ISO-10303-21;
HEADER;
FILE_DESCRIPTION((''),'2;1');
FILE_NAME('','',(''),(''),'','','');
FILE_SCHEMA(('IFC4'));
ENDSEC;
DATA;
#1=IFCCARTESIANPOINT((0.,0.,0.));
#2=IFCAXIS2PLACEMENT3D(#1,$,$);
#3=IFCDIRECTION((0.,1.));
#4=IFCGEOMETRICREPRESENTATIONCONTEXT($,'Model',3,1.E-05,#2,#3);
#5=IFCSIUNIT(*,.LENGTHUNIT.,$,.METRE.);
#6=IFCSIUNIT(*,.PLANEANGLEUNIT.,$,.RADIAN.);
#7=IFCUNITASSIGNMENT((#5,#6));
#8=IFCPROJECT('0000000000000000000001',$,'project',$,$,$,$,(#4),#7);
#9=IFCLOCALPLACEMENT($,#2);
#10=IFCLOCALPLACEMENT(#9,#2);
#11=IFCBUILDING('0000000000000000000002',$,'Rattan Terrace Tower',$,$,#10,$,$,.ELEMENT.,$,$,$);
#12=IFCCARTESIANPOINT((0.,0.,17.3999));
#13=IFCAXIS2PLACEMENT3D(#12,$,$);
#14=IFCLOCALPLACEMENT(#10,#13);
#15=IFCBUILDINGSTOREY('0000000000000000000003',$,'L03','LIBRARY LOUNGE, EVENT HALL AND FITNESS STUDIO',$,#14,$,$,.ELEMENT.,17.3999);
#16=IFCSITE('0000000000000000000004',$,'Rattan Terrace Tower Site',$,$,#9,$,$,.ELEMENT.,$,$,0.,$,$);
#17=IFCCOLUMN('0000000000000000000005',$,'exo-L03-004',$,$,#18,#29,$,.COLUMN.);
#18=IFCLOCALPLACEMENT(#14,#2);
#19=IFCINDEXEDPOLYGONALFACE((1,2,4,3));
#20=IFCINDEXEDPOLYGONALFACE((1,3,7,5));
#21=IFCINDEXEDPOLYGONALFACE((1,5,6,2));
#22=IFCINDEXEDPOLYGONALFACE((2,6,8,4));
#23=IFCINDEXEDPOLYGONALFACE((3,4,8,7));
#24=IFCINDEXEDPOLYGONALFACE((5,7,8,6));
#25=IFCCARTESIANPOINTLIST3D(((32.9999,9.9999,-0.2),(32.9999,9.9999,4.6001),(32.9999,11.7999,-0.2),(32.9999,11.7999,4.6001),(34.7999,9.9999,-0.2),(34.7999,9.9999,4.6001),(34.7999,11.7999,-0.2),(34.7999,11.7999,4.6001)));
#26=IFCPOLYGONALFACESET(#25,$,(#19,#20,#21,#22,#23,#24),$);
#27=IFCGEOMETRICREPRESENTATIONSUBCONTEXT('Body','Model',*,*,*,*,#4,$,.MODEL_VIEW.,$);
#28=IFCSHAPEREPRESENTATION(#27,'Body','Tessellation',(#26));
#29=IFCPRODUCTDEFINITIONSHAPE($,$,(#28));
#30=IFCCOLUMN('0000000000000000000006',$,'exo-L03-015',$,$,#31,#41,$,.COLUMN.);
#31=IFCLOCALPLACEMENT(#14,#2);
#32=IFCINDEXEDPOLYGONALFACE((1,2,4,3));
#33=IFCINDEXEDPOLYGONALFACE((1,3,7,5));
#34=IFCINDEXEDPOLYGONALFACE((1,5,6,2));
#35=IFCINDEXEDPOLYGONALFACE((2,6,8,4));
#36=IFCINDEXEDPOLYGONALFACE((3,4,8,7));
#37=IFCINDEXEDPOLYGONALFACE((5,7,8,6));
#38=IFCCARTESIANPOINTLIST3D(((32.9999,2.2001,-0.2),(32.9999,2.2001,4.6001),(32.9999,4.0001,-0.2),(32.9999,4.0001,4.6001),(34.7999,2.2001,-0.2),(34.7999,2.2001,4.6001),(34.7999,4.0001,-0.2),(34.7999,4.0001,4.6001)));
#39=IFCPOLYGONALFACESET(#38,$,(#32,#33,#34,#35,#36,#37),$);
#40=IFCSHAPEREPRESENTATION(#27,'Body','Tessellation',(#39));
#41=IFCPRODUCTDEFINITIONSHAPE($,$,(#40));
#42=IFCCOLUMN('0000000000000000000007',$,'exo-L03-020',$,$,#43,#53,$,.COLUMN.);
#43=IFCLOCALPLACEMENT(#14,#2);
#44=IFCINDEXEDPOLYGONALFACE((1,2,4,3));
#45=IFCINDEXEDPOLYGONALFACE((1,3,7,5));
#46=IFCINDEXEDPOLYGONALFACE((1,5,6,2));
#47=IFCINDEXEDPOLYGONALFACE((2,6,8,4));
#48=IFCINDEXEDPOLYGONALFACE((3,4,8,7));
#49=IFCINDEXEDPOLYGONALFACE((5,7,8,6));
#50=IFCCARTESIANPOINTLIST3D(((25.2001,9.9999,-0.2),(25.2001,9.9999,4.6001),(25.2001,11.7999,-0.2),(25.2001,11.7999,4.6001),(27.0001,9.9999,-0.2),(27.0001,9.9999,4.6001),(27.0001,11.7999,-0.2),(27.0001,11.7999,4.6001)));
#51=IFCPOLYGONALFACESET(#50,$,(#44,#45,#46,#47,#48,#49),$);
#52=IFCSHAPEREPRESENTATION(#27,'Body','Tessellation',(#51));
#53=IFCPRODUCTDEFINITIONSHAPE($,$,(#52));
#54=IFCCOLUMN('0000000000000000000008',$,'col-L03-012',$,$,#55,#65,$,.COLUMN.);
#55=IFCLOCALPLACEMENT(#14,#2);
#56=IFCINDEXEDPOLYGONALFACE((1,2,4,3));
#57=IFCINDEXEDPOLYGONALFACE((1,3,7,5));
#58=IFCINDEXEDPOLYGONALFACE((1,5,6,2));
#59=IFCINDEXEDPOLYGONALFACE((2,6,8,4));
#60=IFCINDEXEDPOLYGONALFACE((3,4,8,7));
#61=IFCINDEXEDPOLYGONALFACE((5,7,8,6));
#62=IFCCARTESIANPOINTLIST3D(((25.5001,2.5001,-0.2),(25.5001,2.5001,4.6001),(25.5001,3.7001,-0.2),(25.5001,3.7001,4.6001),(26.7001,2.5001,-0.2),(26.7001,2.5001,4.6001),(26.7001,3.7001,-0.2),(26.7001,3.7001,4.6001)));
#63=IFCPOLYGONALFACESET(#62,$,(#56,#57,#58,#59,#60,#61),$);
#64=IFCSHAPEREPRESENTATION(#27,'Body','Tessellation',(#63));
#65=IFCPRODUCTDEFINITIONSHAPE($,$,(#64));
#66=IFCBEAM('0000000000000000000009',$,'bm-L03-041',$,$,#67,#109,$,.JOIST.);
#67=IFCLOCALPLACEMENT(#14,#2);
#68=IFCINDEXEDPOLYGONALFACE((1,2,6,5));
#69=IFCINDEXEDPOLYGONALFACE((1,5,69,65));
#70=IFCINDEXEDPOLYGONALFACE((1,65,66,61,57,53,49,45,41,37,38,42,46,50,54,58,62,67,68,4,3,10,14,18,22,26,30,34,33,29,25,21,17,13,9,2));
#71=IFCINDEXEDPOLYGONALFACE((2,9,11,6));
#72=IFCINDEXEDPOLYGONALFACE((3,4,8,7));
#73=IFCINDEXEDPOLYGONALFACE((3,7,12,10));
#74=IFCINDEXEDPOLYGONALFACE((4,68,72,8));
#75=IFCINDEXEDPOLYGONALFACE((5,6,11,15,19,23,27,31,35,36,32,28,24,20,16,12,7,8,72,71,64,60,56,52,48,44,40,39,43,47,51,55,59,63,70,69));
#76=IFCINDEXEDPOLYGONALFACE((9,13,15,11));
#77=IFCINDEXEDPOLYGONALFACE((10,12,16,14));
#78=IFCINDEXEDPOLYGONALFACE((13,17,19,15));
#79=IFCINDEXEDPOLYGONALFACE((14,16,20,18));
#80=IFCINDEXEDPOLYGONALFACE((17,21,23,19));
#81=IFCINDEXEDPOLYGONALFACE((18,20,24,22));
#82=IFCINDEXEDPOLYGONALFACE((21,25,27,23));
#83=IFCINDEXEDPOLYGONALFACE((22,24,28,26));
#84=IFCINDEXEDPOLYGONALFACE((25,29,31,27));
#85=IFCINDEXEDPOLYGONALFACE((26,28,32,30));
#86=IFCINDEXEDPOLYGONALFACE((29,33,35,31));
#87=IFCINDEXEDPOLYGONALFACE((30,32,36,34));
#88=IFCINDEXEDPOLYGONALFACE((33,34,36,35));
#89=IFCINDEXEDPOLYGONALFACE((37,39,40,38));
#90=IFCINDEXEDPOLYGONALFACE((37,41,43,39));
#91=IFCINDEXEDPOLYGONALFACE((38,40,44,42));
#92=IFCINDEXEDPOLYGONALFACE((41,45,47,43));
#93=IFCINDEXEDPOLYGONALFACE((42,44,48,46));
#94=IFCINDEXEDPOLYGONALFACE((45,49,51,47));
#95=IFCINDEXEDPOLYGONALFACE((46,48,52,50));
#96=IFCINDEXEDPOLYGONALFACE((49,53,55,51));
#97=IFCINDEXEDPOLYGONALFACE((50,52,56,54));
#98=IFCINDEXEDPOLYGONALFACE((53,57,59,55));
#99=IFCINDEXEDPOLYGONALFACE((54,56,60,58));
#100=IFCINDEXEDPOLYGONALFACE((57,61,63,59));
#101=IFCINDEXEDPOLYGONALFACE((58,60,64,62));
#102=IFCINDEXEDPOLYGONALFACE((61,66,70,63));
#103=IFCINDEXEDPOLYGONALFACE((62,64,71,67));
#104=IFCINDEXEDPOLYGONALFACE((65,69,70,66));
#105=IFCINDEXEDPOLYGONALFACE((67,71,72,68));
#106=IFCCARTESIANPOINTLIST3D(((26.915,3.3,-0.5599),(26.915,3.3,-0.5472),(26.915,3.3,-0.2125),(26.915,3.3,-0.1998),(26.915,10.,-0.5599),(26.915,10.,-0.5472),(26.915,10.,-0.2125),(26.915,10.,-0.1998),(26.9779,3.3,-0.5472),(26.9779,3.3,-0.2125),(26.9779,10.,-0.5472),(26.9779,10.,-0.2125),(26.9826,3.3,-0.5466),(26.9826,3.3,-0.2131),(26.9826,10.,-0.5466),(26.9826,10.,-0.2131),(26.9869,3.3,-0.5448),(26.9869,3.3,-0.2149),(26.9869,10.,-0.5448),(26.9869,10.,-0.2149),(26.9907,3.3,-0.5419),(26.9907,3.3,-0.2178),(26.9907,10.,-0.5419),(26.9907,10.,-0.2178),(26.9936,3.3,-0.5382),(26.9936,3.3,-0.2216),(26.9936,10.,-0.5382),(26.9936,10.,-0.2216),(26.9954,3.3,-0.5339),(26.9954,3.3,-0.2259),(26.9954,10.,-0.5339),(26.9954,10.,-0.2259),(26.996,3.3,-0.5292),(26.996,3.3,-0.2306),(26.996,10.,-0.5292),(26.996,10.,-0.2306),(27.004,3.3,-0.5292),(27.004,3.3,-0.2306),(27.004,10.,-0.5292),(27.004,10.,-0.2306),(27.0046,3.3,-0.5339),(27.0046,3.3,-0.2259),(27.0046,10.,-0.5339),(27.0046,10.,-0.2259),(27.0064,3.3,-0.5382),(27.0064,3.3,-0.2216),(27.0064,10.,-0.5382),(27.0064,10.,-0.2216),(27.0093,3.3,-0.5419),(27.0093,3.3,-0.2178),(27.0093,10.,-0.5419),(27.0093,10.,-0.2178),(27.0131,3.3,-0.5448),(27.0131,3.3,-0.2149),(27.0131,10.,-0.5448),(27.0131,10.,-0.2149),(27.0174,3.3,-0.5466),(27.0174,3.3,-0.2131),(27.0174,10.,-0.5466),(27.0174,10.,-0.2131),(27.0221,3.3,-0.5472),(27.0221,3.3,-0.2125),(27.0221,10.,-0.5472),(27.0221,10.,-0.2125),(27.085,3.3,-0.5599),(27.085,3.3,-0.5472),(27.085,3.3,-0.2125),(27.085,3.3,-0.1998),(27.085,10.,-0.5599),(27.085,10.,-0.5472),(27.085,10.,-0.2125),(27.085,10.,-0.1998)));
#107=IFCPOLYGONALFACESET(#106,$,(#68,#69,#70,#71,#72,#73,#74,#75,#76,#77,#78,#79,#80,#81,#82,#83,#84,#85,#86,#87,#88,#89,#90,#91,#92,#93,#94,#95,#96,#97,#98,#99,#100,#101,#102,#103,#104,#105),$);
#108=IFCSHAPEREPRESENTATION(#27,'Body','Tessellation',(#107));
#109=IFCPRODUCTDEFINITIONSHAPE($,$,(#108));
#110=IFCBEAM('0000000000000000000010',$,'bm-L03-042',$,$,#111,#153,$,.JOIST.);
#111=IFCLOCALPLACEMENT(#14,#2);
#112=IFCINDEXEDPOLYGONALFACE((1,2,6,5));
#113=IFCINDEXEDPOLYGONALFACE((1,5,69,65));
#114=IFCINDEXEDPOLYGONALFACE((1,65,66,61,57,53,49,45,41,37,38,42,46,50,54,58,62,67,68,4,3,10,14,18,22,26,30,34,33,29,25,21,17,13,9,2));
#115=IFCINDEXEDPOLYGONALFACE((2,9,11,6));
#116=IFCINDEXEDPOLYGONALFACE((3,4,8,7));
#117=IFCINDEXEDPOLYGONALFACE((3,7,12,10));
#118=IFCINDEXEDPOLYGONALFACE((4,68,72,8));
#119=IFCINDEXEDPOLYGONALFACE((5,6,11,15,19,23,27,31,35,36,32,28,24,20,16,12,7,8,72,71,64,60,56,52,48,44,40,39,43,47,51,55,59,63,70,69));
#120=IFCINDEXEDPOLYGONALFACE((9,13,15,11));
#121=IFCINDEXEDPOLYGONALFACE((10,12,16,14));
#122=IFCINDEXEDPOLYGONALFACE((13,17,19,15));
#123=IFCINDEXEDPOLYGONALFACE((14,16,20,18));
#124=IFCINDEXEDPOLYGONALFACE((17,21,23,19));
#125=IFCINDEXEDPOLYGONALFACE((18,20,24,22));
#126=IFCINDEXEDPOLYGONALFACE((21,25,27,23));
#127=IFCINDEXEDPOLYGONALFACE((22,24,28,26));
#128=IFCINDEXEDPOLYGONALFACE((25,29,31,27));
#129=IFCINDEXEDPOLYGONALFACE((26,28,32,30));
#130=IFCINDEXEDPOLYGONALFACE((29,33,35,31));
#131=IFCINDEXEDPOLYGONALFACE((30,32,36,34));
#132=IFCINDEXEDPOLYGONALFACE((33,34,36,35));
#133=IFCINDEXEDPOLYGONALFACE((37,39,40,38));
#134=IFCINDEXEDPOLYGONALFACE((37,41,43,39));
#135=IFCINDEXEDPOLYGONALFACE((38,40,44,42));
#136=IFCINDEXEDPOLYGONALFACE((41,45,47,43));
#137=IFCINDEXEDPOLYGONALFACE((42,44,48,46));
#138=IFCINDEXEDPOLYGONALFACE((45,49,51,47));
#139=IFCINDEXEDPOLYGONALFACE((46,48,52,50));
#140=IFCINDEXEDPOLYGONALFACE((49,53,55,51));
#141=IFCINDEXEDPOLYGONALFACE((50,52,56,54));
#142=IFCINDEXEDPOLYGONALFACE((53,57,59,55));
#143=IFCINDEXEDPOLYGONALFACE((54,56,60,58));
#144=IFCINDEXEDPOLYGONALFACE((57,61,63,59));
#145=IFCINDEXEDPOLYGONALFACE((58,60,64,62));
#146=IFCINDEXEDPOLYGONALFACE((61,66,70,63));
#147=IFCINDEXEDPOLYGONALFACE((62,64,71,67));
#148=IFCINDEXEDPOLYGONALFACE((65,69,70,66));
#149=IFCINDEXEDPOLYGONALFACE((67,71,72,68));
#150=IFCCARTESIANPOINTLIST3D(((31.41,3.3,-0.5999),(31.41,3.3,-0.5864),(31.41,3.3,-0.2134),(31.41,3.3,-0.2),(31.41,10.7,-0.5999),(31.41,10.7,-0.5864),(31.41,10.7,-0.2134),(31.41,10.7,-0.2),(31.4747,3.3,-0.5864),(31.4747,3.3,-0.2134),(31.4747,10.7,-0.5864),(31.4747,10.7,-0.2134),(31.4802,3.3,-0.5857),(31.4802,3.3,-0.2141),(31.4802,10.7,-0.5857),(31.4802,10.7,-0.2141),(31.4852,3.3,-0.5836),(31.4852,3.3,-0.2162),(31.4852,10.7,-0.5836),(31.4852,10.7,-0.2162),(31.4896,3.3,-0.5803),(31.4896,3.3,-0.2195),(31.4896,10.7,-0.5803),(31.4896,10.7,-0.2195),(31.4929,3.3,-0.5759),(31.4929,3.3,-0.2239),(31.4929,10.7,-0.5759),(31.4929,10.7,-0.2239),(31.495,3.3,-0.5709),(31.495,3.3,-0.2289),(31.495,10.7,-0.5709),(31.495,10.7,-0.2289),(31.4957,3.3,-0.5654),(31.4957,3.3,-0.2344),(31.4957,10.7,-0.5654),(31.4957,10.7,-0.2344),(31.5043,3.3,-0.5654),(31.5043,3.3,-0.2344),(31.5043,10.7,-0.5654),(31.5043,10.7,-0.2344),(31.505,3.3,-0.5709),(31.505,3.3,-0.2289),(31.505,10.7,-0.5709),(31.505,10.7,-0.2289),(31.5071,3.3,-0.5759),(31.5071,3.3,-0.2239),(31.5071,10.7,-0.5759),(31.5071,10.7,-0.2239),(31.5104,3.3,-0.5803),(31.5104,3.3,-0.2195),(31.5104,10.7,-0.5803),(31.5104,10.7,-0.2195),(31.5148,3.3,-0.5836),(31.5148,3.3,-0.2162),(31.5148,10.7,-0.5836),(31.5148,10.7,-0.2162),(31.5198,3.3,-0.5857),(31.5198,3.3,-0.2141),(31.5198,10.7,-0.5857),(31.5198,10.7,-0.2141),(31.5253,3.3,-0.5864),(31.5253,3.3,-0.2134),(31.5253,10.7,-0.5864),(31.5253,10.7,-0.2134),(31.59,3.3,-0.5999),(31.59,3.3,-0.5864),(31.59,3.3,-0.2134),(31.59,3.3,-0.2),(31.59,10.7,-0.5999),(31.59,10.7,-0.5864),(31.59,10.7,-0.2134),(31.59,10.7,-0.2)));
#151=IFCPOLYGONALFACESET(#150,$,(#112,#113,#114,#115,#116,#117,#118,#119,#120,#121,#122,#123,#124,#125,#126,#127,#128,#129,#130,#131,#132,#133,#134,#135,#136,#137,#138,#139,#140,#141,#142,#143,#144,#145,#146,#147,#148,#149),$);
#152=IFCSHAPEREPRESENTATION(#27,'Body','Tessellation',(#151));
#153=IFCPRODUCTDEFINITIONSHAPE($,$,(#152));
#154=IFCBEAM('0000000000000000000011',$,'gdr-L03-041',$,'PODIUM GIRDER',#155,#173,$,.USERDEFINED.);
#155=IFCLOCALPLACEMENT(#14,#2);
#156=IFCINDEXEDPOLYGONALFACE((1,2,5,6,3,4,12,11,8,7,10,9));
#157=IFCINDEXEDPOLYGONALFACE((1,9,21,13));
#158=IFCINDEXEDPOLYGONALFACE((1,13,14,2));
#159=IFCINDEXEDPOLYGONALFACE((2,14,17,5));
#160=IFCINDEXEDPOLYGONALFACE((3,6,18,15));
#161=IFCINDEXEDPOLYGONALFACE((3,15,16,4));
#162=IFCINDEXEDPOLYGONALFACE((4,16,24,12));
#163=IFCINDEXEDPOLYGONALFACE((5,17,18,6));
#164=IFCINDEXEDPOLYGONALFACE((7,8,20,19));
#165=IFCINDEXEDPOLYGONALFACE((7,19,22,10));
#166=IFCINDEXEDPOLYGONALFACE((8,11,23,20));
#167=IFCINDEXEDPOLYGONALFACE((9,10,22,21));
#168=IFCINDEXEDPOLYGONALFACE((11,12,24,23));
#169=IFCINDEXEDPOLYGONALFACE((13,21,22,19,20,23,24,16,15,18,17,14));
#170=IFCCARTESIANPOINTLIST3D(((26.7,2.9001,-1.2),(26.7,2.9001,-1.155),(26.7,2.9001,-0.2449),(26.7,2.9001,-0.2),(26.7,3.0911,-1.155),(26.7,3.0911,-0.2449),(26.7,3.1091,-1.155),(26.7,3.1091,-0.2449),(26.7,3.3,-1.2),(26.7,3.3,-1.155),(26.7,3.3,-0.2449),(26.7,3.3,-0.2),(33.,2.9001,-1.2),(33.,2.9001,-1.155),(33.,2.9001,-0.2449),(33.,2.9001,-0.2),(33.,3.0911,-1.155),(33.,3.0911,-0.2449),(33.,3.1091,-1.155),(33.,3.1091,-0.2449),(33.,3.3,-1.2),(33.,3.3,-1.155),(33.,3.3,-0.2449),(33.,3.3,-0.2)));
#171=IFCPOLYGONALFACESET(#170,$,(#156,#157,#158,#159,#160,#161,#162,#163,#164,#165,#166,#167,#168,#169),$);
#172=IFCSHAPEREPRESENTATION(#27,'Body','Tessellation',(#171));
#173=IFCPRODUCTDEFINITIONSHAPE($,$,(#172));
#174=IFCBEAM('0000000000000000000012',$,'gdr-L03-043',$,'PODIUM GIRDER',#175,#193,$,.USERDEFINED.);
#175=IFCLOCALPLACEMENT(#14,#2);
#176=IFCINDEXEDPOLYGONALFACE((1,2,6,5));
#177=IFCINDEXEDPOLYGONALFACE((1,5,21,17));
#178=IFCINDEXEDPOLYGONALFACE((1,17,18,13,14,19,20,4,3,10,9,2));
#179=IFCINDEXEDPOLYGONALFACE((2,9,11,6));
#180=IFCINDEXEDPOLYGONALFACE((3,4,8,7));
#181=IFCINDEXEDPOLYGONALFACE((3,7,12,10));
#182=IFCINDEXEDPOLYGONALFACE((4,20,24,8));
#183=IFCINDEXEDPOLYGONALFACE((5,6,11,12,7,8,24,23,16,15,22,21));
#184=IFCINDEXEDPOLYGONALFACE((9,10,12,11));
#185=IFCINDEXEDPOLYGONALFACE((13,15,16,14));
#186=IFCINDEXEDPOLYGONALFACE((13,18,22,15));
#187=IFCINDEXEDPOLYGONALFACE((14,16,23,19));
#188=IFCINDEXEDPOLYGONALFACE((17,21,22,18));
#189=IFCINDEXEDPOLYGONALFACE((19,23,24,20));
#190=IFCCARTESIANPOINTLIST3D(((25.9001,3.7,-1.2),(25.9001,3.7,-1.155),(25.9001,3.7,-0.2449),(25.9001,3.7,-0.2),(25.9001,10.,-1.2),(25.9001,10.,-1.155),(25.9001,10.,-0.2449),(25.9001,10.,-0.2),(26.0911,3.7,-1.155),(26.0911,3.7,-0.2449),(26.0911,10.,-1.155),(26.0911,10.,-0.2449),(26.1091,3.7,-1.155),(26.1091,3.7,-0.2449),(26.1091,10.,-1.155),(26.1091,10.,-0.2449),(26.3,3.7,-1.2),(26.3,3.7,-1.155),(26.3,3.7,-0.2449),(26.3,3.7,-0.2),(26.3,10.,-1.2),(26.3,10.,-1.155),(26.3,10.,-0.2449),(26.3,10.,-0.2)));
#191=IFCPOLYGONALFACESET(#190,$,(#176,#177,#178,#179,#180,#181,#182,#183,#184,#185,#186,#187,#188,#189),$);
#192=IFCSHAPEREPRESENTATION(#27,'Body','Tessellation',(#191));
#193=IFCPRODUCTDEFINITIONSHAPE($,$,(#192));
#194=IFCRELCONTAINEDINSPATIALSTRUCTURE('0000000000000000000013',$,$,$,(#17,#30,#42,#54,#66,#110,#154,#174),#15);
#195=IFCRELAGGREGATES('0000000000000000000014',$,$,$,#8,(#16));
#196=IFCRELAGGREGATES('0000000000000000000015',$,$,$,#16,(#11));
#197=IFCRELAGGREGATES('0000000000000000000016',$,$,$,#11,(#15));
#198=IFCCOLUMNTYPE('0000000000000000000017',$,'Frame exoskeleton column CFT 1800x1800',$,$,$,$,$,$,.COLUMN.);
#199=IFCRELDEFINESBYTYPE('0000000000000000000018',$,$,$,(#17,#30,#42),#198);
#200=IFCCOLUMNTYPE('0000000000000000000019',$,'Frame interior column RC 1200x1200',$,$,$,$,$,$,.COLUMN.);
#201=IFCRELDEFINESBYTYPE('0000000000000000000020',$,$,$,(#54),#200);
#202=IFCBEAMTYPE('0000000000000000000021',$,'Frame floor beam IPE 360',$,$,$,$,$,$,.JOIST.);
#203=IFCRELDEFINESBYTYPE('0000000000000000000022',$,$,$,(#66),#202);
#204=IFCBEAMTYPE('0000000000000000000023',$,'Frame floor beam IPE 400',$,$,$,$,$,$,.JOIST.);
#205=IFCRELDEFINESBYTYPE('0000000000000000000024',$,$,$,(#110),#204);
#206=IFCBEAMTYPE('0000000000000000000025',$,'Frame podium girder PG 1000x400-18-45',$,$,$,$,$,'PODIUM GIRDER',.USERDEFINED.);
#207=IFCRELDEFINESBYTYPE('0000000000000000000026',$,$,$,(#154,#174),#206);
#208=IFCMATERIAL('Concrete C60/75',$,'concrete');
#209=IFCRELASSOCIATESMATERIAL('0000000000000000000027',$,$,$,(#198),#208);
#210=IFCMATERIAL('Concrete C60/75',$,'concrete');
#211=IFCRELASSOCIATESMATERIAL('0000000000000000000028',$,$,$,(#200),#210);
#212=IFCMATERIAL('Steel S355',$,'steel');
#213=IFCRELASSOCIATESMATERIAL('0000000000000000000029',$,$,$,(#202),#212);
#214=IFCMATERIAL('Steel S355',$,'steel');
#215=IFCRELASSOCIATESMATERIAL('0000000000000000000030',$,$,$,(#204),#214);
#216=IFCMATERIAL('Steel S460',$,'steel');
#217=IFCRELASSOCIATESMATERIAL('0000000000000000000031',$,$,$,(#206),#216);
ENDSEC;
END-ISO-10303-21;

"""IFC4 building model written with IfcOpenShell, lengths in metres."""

from ifc_helpers import new_model, si_unit, direction, frame, origin, origin_2d, place, context, subcontext, project, spatial, rectangle, i_section, extrude, material, material_profile, profile_set, type_object, element, save


model = new_model("IFC4")

# Units and contexts
model_context = context("Model", 3, precision=1e-05, world=origin(), true_north=direction((0.0, 1.0)))
body_context = subcontext(model_context, "Body", "Model", "MODEL_VIEW")
ifc_project = project(units=[si_unit("LENGTHUNIT", "METRE"), si_unit("PLANEANGLEUNIT", "RADIAN")], contexts=[model_context])

# Site, building, storey
site_placement = place(None, origin())
site = spatial("IfcSite", under=ifc_project, at=site_placement, Name="Rattan Terrace Tower Site", CompositionType="ELEMENT", RefElevation=0.0)
building_placement = place(site_placement, origin())
building = spatial("IfcBuilding", under=site, at=building_placement, Name="Rattan Terrace Tower", CompositionType="ELEMENT")
storey_placement = place(building_placement, frame((0.0, 0.0, 17.3999)))
storey = spatial("IfcBuildingStorey", under=building, at=storey_placement, Name="L03", Description="LIBRARY LOUNGE, EVENT HALL AND FITNESS STUDIO", CompositionType="ELEMENT", Elevation=17.3999)

# Columns
ifc_material_1 = material(Name="Concrete C60/75", Category="concrete")
ifc_material_profile_1 = material_profile(ifc_material_1, rectangle(XDim=1.8, YDim=1.8, at=origin_2d()), Name="CFT 1800x1800")
ifc_profile_set_1 = profile_set([ifc_material_profile_1], Name="Concrete C60/75")
column_type_1 = type_object("IfcColumnType", Name="Frame exoskeleton column CFT 1800x1800", PredefinedType="COLUMN", material=ifc_profile_set_1)
for number, where, z_axis, x_axis, name in (
    (1, (33.8999, 10.8999, -0.2), (0.0, 0.0, 1.0), (1.0, 0.0, 0.0), "exo-L03-004"),
    (2, (33.8999, 3.1001, -0.2), (0.0, 0.0, 1.0), (0.0, 1.0, 0.0), "exo-L03-015"),
    (3, (26.1001, 10.8999, -0.2), (0.0, 0.0, 1.0), (1.0, 0.0, 0.0), "exo-L03-020"),
):
    element("IfcColumn", number, at=place(storey_placement, frame(where, z_axis=z_axis, x_axis=x_axis)), inside=storey, type_object=column_type_1, Name=name, PredefinedType="COLUMN", context=body_context, shape_type="SweptSolid", body=[
        extrude(rectangle(XDim=1.8, YDim=1.8, at=origin_2d()), origin(), (0.0, 0.0, 1.0), 4.8),
    ])
ifc_material_2 = material(Name="Concrete C60/75", Category="concrete")
ifc_material_profile_2 = material_profile(ifc_material_2, rectangle(XDim=1.2, YDim=1.2, at=origin_2d()), Name="RC 1200x1200")
ifc_profile_set_2 = profile_set([ifc_material_profile_2], Name="Concrete C60/75")
column_type_2 = type_object("IfcColumnType", Name="Frame interior column RC 1200x1200", PredefinedType="COLUMN", material=ifc_profile_set_2)
column_placement = place(storey_placement, frame((26.1001, 3.1001, -0.2), z_axis=(0.0, 0.0, 1.0), x_axis=(1.0, 0.0, 0.0)))
element("IfcColumn", 4, at=column_placement, inside=storey, type_object=column_type_2, Name="col-L03-012", PredefinedType="COLUMN", context=body_context, shape_type="SweptSolid", body=[
    extrude(rectangle(XDim=1.2, YDim=1.2, at=origin_2d()), origin(), (0.0, 0.0, 1.0), 4.8),
])

# Beams
ifc_material_3 = material(Name="Steel S355", Category="steel")
ifc_material_profile_3 = material_profile(ifc_material_3, i_section(OverallWidth=0.1699, OverallDepth=0.3601, WebThickness=0.0081, FlangeThickness=0.0127, FilletRadius=0.0181, at=origin_2d()), Name="IPE 360")
ifc_profile_set_3 = profile_set([ifc_material_profile_3], Name="Steel S355")
beam_type_1 = type_object("IfcBeamType", Name="Frame floor beam IPE 360", PredefinedType="JOIST", material=ifc_profile_set_3)
beam_1_placement = place(storey_placement, frame((27.0, 3.3, -0.3799), z_axis=(0.0, 1.0, 0.0), x_axis=(-1.0, 0.0, 0.0)))
element("IfcBeam", 5, at=beam_1_placement, inside=storey, type_object=beam_type_1, Name="bm-L03-041", PredefinedType="JOIST", context=body_context, shape_type="SweptSolid", body=[
    extrude(i_section(OverallWidth=0.1699, OverallDepth=0.3601, WebThickness=0.0081, FlangeThickness=0.0127, FilletRadius=0.0181, at=origin_2d()), origin(), (0.0, 0.0, 1.0), 6.7),
])
ifc_material_4 = material(Name="Steel S355", Category="steel")
ifc_material_profile_4 = material_profile(ifc_material_4, i_section(OverallWidth=0.1799, OverallDepth=0.3999, WebThickness=0.0085, FlangeThickness=0.0134, FilletRadius=0.021, at=origin_2d()), Name="IPE 400")
ifc_profile_set_4 = profile_set([ifc_material_profile_4], Name="Steel S355")
beam_type_2 = type_object("IfcBeamType", Name="Frame floor beam IPE 400", PredefinedType="JOIST", material=ifc_profile_set_4)
beam_2_placement = place(storey_placement, frame((31.5, 3.3, -0.3999), z_axis=(0.0, 1.0, 0.0), x_axis=(-1.0, 0.0, 0.0)))
element("IfcBeam", 6, at=beam_2_placement, inside=storey, type_object=beam_type_2, Name="bm-L03-042", PredefinedType="JOIST", context=body_context, shape_type="SweptSolid", body=[
    extrude(i_section(OverallWidth=0.1799, OverallDepth=0.3999, WebThickness=0.0085, FlangeThickness=0.0134, FilletRadius=0.021, at=origin_2d()), origin(), (0.0, 0.0, 1.0), 7.3999),
])
ifc_material_5 = material(Name="Steel S460", Category="steel")
ifc_material_profile_5 = material_profile(ifc_material_5, i_section(OverallWidth=0.3999, OverallDepth=1.0, WebThickness=0.0181, FlangeThickness=0.0449, at=origin_2d()), Name="PG 1000x400-18-45")
ifc_profile_set_5 = profile_set([ifc_material_profile_5], Name="Steel S460")
beam_type_3 = type_object("IfcBeamType", Name="Frame podium girder PG 1000x400-18-45", ElementType="PODIUM GIRDER", PredefinedType="USERDEFINED", material=ifc_profile_set_5)
for number, where, z_axis, x_axis, name in (
    (7, (26.7, 3.1001, -0.7), (1.0, 0.0, 0.0), (0.0, 1.0, 0.0), "gdr-L03-041"),
    (8, (26.1001, 3.7, -0.7), (0.0, 1.0, 0.0), (-1.0, 0.0, 0.0), "gdr-L03-043"),
):
    element("IfcBeam", number, at=place(storey_placement, frame(where, z_axis=z_axis, x_axis=x_axis)), inside=storey, type_object=beam_type_3, Name=name, ObjectType="PODIUM GIRDER", PredefinedType="USERDEFINED", context=body_context, shape_type="SweptSolid", body=[
        extrude(i_section(OverallWidth=0.3999, OverallDepth=1.0, WebThickness=0.0181, FlangeThickness=0.0449, at=origin_2d()), origin(), (0.0, 0.0, 1.0), 6.3),
    ])

save(model, "model.ifc")
